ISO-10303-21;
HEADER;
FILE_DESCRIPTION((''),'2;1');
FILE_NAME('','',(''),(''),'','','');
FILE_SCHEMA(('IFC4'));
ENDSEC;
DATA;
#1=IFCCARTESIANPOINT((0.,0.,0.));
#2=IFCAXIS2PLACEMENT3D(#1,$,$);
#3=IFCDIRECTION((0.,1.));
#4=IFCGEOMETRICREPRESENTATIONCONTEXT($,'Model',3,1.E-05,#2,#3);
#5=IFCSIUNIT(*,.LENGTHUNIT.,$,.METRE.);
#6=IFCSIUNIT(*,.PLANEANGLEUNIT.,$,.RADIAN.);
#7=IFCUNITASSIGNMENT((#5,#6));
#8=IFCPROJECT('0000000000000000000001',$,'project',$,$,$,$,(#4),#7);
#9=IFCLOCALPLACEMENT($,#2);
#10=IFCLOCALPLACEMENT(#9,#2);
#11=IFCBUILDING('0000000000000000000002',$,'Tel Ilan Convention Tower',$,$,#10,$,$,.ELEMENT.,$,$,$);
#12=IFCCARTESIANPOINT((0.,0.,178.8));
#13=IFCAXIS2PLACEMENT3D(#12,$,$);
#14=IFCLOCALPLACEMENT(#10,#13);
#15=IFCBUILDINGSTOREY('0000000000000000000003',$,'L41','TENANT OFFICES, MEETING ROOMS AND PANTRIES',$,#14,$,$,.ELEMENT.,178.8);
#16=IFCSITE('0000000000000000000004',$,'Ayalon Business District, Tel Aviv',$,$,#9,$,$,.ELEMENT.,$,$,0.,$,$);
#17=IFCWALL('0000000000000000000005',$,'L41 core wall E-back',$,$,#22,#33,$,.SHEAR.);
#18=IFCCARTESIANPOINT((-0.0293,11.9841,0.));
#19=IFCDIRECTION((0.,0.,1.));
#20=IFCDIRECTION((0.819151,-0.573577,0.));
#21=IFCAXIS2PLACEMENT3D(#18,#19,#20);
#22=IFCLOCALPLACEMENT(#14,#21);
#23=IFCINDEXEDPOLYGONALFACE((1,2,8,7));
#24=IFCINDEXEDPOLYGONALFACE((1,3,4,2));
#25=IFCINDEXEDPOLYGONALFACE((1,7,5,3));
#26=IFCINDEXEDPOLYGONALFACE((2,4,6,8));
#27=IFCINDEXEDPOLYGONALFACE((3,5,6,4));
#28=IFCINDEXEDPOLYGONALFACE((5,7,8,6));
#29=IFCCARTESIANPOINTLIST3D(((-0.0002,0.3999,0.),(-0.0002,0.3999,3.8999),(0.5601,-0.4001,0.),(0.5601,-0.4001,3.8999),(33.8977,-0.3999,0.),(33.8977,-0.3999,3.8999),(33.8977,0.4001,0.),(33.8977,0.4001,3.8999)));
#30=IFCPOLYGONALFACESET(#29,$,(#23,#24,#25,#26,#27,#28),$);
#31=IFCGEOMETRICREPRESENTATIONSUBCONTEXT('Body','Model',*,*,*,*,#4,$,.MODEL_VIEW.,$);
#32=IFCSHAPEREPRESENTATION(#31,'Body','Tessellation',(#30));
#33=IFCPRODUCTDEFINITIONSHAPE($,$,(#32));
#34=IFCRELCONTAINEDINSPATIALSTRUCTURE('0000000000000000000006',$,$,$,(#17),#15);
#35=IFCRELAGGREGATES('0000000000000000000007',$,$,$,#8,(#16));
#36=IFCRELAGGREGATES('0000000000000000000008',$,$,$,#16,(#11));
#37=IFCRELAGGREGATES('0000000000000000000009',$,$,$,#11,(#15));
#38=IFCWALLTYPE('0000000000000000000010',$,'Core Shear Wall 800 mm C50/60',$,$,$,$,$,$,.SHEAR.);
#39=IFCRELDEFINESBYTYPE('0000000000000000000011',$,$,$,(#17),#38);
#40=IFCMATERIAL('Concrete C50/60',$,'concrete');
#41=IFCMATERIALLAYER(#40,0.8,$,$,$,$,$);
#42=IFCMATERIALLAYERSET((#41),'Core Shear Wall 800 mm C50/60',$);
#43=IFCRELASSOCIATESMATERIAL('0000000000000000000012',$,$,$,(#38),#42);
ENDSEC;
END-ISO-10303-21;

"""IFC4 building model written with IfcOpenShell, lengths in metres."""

from ifc_helpers import new_model, si_unit, direction, frame, origin, place, context, subcontext, project, spatial, polyline, outline, extrude, material, layer, layer_set, type_object, element, save


model = new_model("IFC4")

# Units and contexts
model_context = context("Model", 3, precision=1e-05, world=origin(), true_north=direction((0.0, 1.0)))
body_context = subcontext(model_context, "Body", "Model", "MODEL_VIEW")
ifc_project = project(units=[si_unit("LENGTHUNIT", "METRE"), si_unit("PLANEANGLEUNIT", "RADIAN")], contexts=[model_context])

# Site, building, storey
site_placement = place(None, origin())
site = spatial("IfcSite", under=ifc_project, at=site_placement, Name="Ayalon Business District, Tel Aviv", CompositionType="ELEMENT", RefElevation=0.0)
building_placement = place(site_placement, origin())
building = spatial("IfcBuilding", under=site, at=building_placement, Name="Tel Ilan Convention Tower", CompositionType="ELEMENT")
storey_placement = place(building_placement, frame((0.0, 0.0, 178.8)))
storey = spatial("IfcBuildingStorey", under=building, at=storey_placement, Name="L41", Description="TENANT OFFICES, MEETING ROOMS AND PANTRIES", CompositionType="ELEMENT", Elevation=178.8)

# Wall
ifc_material_1 = material(Name="Concrete C50/60", Category="concrete")
ifc_layer_1 = layer(ifc_material_1, 0.8)
ifc_layer_set_1 = layer_set([ifc_layer_1], Name="Core Shear Wall 800 mm C50/60")
wall_type_1 = type_object("IfcWallType", Name="Core Shear Wall 800 mm C50/60", PredefinedType="SHEAR", material=ifc_layer_set_1)
wall_1_placement = place(storey_placement, frame((-0.0293, 11.9841, 0.0), z_axis=(0.0, 0.0, 1.0), x_axis=(0.819151, -0.573577, 0.0)))
element("IfcWall", 1, at=wall_1_placement, inside=storey, type_object=wall_type_1, Name="L41 core wall E-back", PredefinedType="SHEAR", context=body_context, shape_type="SweptSolid", body=[
    extrude(outline(polyline([(33.8977, 0.4001), (-0.0002, 0.3999), (0.5601, -0.4001), (33.8977, -0.3999), (33.8977, 0.4001)])), origin(), (0.0, 0.0, 1.0), 3.8999),
])

save(model, "model.ifc")
